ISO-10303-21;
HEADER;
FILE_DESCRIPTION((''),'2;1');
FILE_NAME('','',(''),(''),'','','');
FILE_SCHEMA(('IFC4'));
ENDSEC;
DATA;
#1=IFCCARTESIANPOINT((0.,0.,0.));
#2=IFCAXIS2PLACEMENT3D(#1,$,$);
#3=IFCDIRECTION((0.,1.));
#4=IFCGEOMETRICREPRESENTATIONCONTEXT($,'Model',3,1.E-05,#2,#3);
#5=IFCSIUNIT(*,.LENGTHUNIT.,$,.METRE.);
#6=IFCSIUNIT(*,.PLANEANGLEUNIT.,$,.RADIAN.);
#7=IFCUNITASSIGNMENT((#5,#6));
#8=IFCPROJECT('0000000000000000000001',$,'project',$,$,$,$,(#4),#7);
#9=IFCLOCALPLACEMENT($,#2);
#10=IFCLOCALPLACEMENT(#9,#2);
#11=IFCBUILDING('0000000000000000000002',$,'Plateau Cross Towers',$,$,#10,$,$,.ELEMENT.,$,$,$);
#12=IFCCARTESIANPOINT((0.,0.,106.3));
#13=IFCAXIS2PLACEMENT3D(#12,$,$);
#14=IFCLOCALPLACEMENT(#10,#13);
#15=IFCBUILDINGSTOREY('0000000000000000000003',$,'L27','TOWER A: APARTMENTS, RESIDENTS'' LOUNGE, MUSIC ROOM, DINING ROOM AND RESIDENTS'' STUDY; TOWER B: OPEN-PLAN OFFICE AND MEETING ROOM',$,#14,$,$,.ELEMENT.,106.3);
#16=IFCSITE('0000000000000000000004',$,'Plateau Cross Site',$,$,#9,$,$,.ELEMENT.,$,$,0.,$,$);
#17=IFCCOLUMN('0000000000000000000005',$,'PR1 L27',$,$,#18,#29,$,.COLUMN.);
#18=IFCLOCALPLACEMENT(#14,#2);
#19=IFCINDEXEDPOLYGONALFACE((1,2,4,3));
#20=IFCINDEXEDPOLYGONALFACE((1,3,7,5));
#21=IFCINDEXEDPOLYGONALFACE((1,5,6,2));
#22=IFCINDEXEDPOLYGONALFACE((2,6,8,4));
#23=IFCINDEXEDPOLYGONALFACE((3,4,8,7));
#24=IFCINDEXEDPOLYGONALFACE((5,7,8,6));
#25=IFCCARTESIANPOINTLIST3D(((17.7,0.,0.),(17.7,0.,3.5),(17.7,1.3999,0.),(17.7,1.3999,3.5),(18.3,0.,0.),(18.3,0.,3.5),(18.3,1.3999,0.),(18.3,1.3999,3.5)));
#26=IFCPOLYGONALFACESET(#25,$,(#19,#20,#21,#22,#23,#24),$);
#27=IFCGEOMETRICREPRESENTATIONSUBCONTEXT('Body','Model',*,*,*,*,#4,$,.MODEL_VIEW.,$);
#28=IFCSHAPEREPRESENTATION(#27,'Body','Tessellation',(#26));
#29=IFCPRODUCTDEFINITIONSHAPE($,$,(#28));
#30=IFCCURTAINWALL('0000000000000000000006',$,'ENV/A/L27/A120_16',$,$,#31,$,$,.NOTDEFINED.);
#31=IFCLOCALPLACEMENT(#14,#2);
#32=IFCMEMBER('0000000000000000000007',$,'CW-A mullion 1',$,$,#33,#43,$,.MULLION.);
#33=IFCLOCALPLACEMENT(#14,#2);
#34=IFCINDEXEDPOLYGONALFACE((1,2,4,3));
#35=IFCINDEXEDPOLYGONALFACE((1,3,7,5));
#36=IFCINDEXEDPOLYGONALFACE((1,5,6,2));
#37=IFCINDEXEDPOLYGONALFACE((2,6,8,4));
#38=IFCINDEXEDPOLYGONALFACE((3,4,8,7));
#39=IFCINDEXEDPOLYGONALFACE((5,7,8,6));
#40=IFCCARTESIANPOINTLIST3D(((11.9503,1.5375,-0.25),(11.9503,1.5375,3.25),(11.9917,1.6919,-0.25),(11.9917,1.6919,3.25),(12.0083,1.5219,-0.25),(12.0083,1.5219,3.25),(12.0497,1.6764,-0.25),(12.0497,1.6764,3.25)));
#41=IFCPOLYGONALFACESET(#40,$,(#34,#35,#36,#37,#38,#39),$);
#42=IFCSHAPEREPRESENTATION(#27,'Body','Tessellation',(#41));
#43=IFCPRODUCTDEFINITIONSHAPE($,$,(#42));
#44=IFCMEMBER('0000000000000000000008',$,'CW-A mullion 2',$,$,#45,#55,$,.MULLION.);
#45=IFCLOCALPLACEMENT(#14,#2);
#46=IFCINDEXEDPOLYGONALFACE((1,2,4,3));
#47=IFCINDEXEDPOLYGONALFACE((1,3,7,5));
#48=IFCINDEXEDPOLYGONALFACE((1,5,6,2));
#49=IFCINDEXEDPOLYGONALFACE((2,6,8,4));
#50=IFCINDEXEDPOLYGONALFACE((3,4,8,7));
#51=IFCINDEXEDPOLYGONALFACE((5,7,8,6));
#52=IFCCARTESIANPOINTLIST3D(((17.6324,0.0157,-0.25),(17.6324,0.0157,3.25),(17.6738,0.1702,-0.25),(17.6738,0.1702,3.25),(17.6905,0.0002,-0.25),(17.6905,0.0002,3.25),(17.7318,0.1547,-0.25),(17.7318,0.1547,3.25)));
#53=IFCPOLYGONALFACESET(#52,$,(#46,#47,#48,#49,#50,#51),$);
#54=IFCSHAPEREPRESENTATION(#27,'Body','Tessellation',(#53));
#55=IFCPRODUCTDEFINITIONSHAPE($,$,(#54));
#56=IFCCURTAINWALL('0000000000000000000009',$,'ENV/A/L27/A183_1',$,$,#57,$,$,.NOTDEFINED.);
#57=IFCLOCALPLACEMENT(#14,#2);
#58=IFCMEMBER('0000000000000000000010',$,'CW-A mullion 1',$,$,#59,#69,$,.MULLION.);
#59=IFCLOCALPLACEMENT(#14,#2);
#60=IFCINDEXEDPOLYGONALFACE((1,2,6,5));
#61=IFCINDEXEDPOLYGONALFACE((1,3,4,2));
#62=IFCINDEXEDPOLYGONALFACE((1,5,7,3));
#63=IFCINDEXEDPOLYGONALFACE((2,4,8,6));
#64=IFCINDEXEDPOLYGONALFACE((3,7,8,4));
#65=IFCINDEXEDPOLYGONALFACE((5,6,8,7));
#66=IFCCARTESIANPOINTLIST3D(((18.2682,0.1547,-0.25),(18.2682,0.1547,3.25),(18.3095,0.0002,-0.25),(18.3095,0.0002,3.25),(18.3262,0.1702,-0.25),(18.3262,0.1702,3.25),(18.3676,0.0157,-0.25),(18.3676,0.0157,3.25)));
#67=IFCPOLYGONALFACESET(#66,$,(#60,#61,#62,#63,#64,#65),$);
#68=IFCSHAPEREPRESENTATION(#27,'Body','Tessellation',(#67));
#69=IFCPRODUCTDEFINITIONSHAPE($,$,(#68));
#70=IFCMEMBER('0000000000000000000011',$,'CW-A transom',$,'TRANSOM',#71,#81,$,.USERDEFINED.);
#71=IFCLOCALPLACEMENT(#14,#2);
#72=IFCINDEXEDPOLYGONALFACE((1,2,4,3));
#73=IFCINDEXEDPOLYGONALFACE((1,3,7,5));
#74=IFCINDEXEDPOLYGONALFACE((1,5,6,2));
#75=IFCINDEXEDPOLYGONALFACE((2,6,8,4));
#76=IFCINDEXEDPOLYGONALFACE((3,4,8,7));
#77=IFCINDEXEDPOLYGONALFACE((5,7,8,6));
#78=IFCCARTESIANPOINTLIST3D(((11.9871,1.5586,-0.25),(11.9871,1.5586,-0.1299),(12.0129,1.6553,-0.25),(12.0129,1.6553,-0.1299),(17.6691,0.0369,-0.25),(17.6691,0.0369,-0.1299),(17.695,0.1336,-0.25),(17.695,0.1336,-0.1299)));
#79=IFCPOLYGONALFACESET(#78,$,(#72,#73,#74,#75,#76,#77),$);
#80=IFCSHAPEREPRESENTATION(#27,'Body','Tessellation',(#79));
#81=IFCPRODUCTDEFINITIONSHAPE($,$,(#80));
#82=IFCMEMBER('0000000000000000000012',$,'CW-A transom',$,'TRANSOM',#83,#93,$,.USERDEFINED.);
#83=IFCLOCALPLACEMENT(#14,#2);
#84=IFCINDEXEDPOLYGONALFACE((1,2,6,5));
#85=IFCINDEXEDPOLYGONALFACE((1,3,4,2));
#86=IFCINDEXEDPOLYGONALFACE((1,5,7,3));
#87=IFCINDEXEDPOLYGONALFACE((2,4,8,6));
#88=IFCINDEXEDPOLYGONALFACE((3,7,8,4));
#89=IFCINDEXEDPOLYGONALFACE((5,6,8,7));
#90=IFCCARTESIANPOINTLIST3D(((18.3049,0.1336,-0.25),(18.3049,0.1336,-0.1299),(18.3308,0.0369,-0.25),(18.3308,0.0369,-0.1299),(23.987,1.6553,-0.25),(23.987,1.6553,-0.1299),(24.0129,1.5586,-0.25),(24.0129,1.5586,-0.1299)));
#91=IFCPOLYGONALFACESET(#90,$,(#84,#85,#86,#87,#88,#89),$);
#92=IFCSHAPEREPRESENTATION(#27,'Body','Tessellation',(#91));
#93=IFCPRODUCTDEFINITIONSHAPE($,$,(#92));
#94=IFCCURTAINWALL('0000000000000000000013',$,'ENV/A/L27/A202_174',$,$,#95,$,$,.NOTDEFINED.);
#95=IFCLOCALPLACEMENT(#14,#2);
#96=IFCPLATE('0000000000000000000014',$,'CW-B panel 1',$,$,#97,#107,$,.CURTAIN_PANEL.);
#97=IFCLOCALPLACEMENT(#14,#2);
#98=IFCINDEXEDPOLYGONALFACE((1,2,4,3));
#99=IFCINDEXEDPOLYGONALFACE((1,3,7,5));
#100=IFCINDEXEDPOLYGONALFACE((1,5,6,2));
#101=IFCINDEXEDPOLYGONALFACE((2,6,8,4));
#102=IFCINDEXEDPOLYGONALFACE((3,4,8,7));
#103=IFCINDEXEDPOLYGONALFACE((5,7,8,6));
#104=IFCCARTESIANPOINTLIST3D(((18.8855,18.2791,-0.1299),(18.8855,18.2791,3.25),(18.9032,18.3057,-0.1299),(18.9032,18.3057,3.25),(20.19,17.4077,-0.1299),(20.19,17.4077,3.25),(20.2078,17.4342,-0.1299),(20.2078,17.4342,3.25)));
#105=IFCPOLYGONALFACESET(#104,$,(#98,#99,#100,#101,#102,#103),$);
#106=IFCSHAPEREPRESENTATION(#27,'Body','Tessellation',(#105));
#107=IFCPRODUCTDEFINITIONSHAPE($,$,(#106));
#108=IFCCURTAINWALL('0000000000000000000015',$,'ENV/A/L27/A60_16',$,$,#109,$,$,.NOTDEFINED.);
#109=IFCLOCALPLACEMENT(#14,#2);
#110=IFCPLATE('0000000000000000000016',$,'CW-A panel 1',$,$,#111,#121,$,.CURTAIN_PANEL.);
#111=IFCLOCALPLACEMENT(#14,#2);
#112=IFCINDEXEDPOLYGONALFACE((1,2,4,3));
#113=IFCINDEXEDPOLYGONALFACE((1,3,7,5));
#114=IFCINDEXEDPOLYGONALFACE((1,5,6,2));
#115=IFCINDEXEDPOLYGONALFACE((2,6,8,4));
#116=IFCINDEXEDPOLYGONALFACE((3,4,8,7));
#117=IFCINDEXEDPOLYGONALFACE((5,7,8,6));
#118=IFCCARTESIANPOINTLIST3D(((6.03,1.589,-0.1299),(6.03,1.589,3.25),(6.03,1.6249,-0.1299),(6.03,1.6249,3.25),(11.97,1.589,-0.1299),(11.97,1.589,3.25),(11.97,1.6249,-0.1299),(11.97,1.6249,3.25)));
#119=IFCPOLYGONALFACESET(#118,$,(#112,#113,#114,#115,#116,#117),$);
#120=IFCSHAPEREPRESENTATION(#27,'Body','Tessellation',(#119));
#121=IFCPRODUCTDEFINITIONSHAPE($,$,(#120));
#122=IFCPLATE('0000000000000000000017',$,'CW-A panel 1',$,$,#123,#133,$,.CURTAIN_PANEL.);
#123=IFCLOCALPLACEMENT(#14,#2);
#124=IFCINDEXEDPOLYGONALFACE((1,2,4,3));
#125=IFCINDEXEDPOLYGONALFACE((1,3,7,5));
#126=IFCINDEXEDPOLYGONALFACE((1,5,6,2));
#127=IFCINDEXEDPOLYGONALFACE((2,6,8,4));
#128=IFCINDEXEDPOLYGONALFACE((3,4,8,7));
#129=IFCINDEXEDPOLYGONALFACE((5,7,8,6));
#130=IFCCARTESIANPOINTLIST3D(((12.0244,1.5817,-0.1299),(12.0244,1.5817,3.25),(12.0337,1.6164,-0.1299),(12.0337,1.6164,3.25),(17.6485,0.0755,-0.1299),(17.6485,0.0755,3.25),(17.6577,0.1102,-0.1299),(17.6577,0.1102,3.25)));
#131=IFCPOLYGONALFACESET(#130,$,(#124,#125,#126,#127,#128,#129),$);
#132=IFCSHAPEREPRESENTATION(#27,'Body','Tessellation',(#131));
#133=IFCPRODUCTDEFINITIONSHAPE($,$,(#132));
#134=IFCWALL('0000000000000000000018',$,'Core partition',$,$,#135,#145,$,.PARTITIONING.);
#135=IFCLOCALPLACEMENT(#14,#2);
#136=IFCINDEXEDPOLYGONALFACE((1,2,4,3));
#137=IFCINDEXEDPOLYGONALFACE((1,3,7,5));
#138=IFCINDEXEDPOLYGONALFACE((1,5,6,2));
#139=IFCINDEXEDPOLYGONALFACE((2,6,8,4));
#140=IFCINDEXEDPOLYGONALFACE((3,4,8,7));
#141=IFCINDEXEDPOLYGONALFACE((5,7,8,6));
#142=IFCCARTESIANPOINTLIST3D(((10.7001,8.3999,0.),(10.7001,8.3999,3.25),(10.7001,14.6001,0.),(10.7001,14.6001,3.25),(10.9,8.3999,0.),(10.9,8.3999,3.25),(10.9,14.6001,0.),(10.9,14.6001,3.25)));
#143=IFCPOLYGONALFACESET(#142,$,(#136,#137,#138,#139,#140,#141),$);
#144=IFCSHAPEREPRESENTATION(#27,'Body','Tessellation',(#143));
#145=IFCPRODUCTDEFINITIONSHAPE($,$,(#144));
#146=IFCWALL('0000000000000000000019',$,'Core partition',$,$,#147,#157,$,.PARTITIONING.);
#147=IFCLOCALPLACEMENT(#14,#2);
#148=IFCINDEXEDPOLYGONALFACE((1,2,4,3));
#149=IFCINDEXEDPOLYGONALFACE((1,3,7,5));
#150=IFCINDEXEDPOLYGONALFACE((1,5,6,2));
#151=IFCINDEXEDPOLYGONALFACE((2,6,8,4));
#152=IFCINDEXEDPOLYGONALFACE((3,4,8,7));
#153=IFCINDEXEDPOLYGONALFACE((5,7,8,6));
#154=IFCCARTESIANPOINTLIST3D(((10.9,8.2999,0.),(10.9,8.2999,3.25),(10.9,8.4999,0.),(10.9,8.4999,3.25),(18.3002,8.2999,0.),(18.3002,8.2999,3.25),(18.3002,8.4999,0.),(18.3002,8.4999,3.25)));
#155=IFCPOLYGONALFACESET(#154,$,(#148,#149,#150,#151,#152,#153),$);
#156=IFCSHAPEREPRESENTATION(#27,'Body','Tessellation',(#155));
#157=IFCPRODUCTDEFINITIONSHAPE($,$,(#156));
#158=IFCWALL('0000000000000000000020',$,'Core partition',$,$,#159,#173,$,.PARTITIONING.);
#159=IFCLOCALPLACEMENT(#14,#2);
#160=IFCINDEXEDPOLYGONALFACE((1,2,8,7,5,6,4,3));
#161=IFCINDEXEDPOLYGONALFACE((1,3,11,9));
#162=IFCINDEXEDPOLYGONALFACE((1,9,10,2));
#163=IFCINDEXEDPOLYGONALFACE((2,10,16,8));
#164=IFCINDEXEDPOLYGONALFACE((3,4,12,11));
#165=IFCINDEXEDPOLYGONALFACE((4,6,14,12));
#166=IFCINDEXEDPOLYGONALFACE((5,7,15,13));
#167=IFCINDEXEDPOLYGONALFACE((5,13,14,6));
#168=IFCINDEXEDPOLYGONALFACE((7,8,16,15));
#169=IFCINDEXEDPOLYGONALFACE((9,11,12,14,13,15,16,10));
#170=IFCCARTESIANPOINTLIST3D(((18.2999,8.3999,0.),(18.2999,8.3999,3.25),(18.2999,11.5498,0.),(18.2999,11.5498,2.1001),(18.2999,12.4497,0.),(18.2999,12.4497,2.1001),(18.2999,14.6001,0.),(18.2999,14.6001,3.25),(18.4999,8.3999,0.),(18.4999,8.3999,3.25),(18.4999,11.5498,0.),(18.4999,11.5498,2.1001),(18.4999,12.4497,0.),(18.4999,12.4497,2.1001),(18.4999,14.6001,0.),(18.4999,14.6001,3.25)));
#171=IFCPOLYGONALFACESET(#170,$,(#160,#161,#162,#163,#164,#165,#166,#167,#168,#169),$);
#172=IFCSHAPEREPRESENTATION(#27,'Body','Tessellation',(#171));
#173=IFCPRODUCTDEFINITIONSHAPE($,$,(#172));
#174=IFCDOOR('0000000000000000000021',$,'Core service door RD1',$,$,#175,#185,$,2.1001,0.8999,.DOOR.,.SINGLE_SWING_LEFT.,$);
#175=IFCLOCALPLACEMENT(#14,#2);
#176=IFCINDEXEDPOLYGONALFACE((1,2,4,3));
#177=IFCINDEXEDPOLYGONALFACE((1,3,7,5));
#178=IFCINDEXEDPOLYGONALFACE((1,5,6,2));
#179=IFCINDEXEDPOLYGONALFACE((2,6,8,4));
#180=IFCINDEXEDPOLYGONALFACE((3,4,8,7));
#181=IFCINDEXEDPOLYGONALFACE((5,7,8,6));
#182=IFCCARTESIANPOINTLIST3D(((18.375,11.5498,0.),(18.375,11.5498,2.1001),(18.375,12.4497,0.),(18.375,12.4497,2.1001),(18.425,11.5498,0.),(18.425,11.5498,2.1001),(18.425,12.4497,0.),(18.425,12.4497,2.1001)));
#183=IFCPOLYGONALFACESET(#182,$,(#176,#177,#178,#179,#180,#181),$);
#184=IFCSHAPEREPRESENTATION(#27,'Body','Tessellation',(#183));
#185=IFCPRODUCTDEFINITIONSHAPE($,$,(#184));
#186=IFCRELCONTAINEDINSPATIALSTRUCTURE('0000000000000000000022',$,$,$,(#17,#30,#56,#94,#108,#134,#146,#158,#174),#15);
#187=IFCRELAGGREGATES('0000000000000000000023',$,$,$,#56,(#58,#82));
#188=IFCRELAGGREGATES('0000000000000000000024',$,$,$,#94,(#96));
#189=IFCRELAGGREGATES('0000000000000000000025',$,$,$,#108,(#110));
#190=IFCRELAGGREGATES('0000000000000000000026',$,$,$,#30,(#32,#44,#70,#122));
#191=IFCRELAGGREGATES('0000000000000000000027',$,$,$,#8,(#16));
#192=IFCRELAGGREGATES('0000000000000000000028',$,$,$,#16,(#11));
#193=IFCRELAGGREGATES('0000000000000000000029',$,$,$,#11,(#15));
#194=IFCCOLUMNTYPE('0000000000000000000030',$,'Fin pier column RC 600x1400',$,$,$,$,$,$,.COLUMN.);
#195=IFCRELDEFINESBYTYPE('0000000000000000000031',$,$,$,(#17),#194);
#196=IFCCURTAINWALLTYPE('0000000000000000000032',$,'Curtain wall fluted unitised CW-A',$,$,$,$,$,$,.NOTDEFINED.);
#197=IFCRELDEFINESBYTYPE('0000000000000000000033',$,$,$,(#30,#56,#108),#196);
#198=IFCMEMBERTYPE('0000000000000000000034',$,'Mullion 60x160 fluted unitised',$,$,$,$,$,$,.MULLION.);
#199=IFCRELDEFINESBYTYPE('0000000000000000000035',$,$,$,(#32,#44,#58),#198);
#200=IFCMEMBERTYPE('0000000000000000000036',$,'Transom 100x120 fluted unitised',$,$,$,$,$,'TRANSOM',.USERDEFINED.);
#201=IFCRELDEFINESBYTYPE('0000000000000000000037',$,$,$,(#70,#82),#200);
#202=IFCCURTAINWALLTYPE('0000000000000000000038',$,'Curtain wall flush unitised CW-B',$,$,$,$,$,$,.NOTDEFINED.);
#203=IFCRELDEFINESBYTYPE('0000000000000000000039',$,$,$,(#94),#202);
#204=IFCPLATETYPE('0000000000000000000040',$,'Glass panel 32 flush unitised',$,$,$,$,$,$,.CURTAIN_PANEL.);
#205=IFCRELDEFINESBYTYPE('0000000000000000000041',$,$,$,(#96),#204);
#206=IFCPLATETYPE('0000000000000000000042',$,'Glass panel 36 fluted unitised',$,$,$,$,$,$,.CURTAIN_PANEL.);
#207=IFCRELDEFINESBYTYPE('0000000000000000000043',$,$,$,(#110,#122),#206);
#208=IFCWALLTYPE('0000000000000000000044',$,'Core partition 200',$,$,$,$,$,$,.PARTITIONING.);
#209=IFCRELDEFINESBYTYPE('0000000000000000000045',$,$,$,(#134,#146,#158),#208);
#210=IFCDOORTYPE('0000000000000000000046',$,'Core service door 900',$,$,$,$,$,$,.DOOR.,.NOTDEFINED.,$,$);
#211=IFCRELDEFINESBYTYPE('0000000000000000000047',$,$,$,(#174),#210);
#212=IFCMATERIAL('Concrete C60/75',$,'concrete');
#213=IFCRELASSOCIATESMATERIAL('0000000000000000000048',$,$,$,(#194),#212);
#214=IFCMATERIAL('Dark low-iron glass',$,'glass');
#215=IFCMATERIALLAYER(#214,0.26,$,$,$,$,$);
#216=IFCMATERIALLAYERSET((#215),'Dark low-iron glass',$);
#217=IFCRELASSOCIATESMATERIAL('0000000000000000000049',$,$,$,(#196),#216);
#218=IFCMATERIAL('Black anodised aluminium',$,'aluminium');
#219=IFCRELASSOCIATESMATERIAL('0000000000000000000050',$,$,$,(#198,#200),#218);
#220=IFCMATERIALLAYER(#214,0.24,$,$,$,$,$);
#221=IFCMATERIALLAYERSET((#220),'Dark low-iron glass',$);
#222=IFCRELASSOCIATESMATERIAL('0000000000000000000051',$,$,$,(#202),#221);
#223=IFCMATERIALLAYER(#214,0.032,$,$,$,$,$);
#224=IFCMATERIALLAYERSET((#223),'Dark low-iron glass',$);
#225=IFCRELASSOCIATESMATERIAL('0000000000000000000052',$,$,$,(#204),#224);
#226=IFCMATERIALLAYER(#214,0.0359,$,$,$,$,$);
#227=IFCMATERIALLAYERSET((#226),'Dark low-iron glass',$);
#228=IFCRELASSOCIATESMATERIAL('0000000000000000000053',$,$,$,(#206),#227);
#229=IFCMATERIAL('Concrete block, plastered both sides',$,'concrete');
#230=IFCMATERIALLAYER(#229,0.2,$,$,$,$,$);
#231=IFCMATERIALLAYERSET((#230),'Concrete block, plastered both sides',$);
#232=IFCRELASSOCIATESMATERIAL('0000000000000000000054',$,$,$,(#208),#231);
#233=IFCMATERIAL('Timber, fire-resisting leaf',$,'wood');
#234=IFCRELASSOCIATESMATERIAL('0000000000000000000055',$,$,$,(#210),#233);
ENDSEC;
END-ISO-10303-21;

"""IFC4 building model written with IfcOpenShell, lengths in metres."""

from ifc_helpers import new_model, si_unit, direction, frame, frame_2d, origin, origin_2d, place, context, subcontext, project, spatial, rectangle, extrude, material, layer, layer_set, material_profile, profile_set, type_object, element, fill, aggregate, save


model = new_model("IFC4")

# Units and contexts
model_context = context("Model", 3, precision=1e-05, world=origin(), true_north=direction((0.0, 1.0)))
body_context = subcontext(model_context, "Body", "Model", "MODEL_VIEW")
ifc_project = project(units=[si_unit("LENGTHUNIT", "METRE"), si_unit("PLANEANGLEUNIT", "RADIAN")], contexts=[model_context])

# Site, building, storey
site_placement = place(None, origin())
site = spatial("IfcSite", under=ifc_project, at=site_placement, Name="Plateau Cross Site", CompositionType="ELEMENT", RefElevation=0.0)
building_placement = place(site_placement, origin())
building = spatial("IfcBuilding", under=site, at=building_placement, Name="Plateau Cross Towers", CompositionType="ELEMENT")
storey_placement = place(building_placement, frame((0.0, 0.0, 106.3)))
storey = spatial("IfcBuildingStorey", under=building, at=storey_placement, Name="L27", Description="TOWER A: APARTMENTS, RESIDENTS' LOUNGE, MUSIC ROOM, DINING ROOM AND RESIDENTS' STUDY; TOWER B: OPEN-PLAN OFFICE AND MEETING ROOM", CompositionType="ELEMENT", Elevation=106.3)

# Column
ifc_material_1 = material(Name="Concrete C60/75", Category="concrete")
ifc_material_profile_1 = material_profile(ifc_material_1, rectangle(XDim=0.6001, YDim=1.3999, at=origin_2d()), Name="RC 600x1400")
ifc_profile_set_1 = profile_set([ifc_material_profile_1], Name="Concrete C60/75")
column_type = type_object("IfcColumnType", Name="Fin pier column RC 600x1400", PredefinedType="COLUMN", material=ifc_profile_set_1)
column_placement = place(storey_placement, frame((18.0, 0.7, 0.0), z_axis=(0.0, 0.0, 1.0), x_axis=(1.0, 0.0, 0.0)))
element("IfcColumn", 1, at=column_placement, inside=storey, type_object=column_type, Name="PR1 L27", PredefinedType="COLUMN", context=body_context, shape_type="SweptSolid", body=[
    extrude(rectangle(XDim=0.6001, YDim=1.3999, at=origin_2d()), origin(), (0.0, 0.0, 1.0), 3.5),
])

# Curtain wall, members
ifc_material_2 = material(Name="Dark low-iron glass", Category="glass")
ifc_layer_1 = layer(ifc_material_2, 0.26)
ifc_layer_set_1 = layer_set([ifc_layer_1], Name="Dark low-iron glass")
curtain_wall_type_1 = type_object("IfcCurtainWallType", Name="Curtain wall fluted unitised CW-A", PredefinedType="NOTDEFINED", material=ifc_layer_set_1)
curtain_wall_1_placement = place(storey_placement, origin())
curtain_wall_1 = element("IfcCurtainWall", 2, at=curtain_wall_1_placement, inside=storey, type_object=curtain_wall_type_1, Name="ENV/A/L27/A120_16", PredefinedType="NOTDEFINED")
ifc_material_3 = material(Name="Black anodised aluminium", Category="aluminium")
ifc_material_profile_2 = material_profile(ifc_material_3, rectangle(XDim=0.0601, YDim=0.1599, at=origin_2d()), Name="MULLION 60x160")
ifc_profile_set_2 = profile_set([ifc_material_profile_2], Name="Black anodised aluminium")
member_type_1 = type_object("IfcMemberType", Name="Mullion 60x160 fluted unitised", PredefinedType="MULLION", material=ifc_profile_set_2)
member_1_placement = place(storey_placement, frame((12.0, 1.6069, -0.25), z_axis=(0.0, 0.0, 1.0), x_axis=(0.965958, -0.258699, 0.0)))
member_1 = element("IfcMember", 3, at=member_1_placement, type_object=member_type_1, Name="CW-A mullion 1", PredefinedType="MULLION", context=body_context, shape_type="SweptSolid", body=[
    extrude(rectangle(XDim=0.0601, YDim=0.1599, at=origin_2d()), origin(), (0.0, 0.0, 1.0), 3.5),
])
member_2_placement = place(storey_placement, frame((17.6821, 0.0852, -0.25), z_axis=(0.0, 0.0, 1.0), x_axis=(0.965958, -0.258699, 0.0)))
member_2 = element("IfcMember", 4, at=member_2_placement, type_object=member_type_1, Name="CW-A mullion 2", PredefinedType="MULLION", context=body_context, shape_type="SweptSolid", body=[
    extrude(rectangle(XDim=0.0601, YDim=0.1599, at=origin_2d()), origin(), (0.0, 0.0, 1.0), 3.5),
])

# Curtain wall, member
curtain_wall_2_placement = place(storey_placement, origin())
curtain_wall_2 = element("IfcCurtainWall", 5, at=curtain_wall_2_placement, inside=storey, type_object=curtain_wall_type_1, Name="ENV/A/L27/A183_1", PredefinedType="NOTDEFINED")
member_3_placement = place(storey_placement, frame((18.3179, 0.0852, -0.25), z_axis=(0.0, 0.0, 1.0), x_axis=(0.965958, 0.258699, 0.0)))
member_3 = element("IfcMember", 6, at=member_3_placement, type_object=member_type_1, Name="CW-A mullion 1", PredefinedType="MULLION", context=body_context, shape_type="SweptSolid", body=[
    extrude(rectangle(XDim=0.0601, YDim=0.1599, at=origin_2d()), origin(), (0.0, 0.0, 1.0), 3.5),
])

# Members
ifc_material_profile_3 = material_profile(ifc_material_3, rectangle(XDim=0.1001, YDim=0.1201, at=origin_2d()), Name="TRANSOM 100x120")
ifc_profile_set_3 = profile_set([ifc_material_profile_3], Name="Black anodised aluminium")
member_type_2 = type_object("IfcMemberType", Name="Transom 100x120 fluted unitised", ElementType="TRANSOM", PredefinedType="USERDEFINED", material=ifc_profile_set_3)
member_4_placement = place(storey_placement, frame((12.0, 1.6069, -0.1899), z_axis=(0.96596, -0.258693, 0.0), x_axis=(0.258693, 0.96596, 0.0)))
member_4 = element("IfcMember", 7, at=member_4_placement, type_object=member_type_2, Name="CW-A transom", ObjectType="TRANSOM", PredefinedType="USERDEFINED", context=body_context, shape_type="SweptSolid", body=[
    extrude(rectangle(XDim=0.1001, YDim=0.1201, at=origin_2d()), origin(), (0.0, 0.0, 1.0), 5.8823),
])
member_5_placement = place(storey_placement, frame((18.3179, 0.0852, -0.1899), z_axis=(0.96596, 0.258693, 0.0), x_axis=(-0.258693, 0.96596, 0.0)))
member_5 = element("IfcMember", 8, at=member_5_placement, type_object=member_type_2, Name="CW-A transom", ObjectType="TRANSOM", PredefinedType="USERDEFINED", context=body_context, shape_type="SweptSolid", body=[
    extrude(rectangle(XDim=0.1001, YDim=0.1201, at=origin_2d()), origin(), (0.0, 0.0, 1.0), 5.8823),
])
aggregate(curtain_wall_2, [member_3, member_5])

# Curtain walls, plates
ifc_layer_2 = layer(ifc_material_2, 0.24)
ifc_layer_set_2 = layer_set([ifc_layer_2], Name="Dark low-iron glass")
curtain_wall_type_2 = type_object("IfcCurtainWallType", Name="Curtain wall flush unitised CW-B", PredefinedType="NOTDEFINED", material=ifc_layer_set_2)
curtain_wall_3_placement = place(storey_placement, origin())
curtain_wall_3 = element("IfcCurtainWall", 9, at=curtain_wall_3_placement, inside=storey, type_object=curtain_wall_type_2, Name="ENV/A/L27/A202_174", PredefinedType="NOTDEFINED")
ifc_layer_3 = layer(ifc_material_2, 0.032)
ifc_layer_set_3 = layer_set([ifc_layer_3], Name="Dark low-iron glass")
plate_type_1 = type_object("IfcPlateType", Name="Glass panel 32 flush unitised", PredefinedType="CURTAIN_PANEL", material=ifc_layer_set_3)
plate_1_placement = place(storey_placement, frame((19.5466, 17.8567, -0.1299), z_axis=(0.0, 0.0, 1.0), x_axis=(-0.831521, 0.555493, 0.0)))
plate_1 = element("IfcPlate", 10, at=plate_1_placement, type_object=plate_type_1, Name="CW-B panel 1", PredefinedType="CURTAIN_PANEL", context=body_context, shape_type="SweptSolid", body=[
    extrude(rectangle(XDim=1.5688, YDim=0.032, at=origin_2d()), origin(), (0.0, 0.0, 1.0), 3.3799),
])
aggregate(curtain_wall_3, [plate_1])
curtain_wall_4_placement = place(storey_placement, origin())
curtain_wall_4 = element("IfcCurtainWall", 11, at=curtain_wall_4_placement, inside=storey, type_object=curtain_wall_type_1, Name="ENV/A/L27/A60_16", PredefinedType="NOTDEFINED")
ifc_layer_4 = layer(ifc_material_2, 0.0359)
ifc_layer_set_4 = layer_set([ifc_layer_4], Name="Dark low-iron glass")
plate_type_2 = type_object("IfcPlateType", Name="Glass panel 36 fluted unitised", PredefinedType="CURTAIN_PANEL", material=ifc_layer_set_4)
plate_2_placement = place(storey_placement, frame((9.0, 1.6069, -0.1299), z_axis=(0.0, 0.0, 1.0), x_axis=(1.0, 0.0, 0.0)))
plate_2 = element("IfcPlate", 12, at=plate_2_placement, type_object=plate_type_2, Name="CW-A panel 1", PredefinedType="CURTAIN_PANEL", context=body_context, shape_type="SweptSolid", body=[
    extrude(rectangle(XDim=5.9399, YDim=0.0359, at=origin_2d()), origin(), (0.0, 0.0, 1.0), 3.3799),
])
aggregate(curtain_wall_4, [plate_2])

# Plate
plate_3_placement = place(storey_placement, frame((14.8411, 0.8459, -0.1299), z_axis=(0.0, 0.0, 1.0), x_axis=(0.965958, -0.258699, 0.0)))
plate_3 = element("IfcPlate", 13, at=plate_3_placement, type_object=plate_type_2, Name="CW-A panel 1", PredefinedType="CURTAIN_PANEL", context=body_context, shape_type="SweptSolid", body=[
    extrude(rectangle(XDim=5.8223, YDim=0.0359, at=origin_2d()), origin(), (0.0, 0.0, 1.0), 3.3799),
])
aggregate(curtain_wall_1, [member_1, member_2, member_4, plate_3])

# Walls
ifc_material_4 = material(Name="Concrete block, plastered both sides", Category="concrete")
ifc_layer_5 = layer(ifc_material_4, 0.2)
ifc_layer_set_5 = layer_set([ifc_layer_5], Name="Concrete block, plastered both sides")
wall_type_1 = type_object("IfcWallType", Name="Core partition 200", PredefinedType="PARTITIONING", material=ifc_layer_set_5)
wall_1_placement = place(storey_placement, frame((10.8, 8.3999, 0.0), z_axis=(0.0, 0.0, 1.0), x_axis=(0.0, 1.0, 0.0)))
element("IfcWall", 14, at=wall_1_placement, inside=storey, type_object=wall_type_1, Name="Core partition", PredefinedType="PARTITIONING", context=body_context, shape_type="SweptSolid", body=[
    extrude(rectangle(XDim=6.2002, YDim=0.2, at=frame_2d((3.1001, 0.0))), origin(), (0.0, 0.0, 1.0), 3.25),
])
wall_2_placement = place(storey_placement, frame((10.8999, 8.3999, 0.0), z_axis=(0.0, 0.0, 1.0), x_axis=(1.0, 0.0, 0.0)))
element("IfcWall", 15, at=wall_2_placement, inside=storey, type_object=wall_type_1, Name="Core partition", PredefinedType="PARTITIONING", context=body_context, shape_type="SweptSolid", body=[
    extrude(rectangle(XDim=7.4001, YDim=0.2, at=frame_2d((3.7002, 0.0))), origin(), (0.0, 0.0, 1.0), 3.25),
])

# Wall, opening, door
wall_3_placement = place(storey_placement, frame((18.3999, 8.3999, 0.0), z_axis=(0.0, 0.0, 1.0), x_axis=(0.0, 1.0, 0.0)))
wall_3 = element("IfcWall", 16, at=wall_3_placement, inside=storey, type_object=wall_type_1, Name="Core partition", PredefinedType="PARTITIONING", context=body_context, shape_type="SweptSolid", body=[
    extrude(rectangle(XDim=6.2002, YDim=0.2, at=frame_2d((3.1001, 0.0))), origin(), (0.0, 0.0, 1.0), 3.25),
])
opening_1_placement = place(wall_3_placement, frame((3.1499, 0.0, 0.0)))
opening_1 = element("IfcOpeningElement", 17, at=opening_1_placement, cuts=wall_3, PredefinedType="OPENING", context=body_context, shape_type="SweptSolid", body=[
    extrude(rectangle(XDim=0.8999, YDim=2.1001, at=frame_2d((0.45, 1.05))), frame((0.0, 0.1099, 0.0), z_axis=(0.0, -1.0, 0.0), x_axis=(1.0, 0.0, 0.0)), (0.0, 0.0, 1.0), 0.22),
])
ifc_material_5 = material(Name="Timber, fire-resisting leaf", Category="wood")
door_type_1 = type_object("IfcDoorType", Name="Core service door 900", OperationType="NOTDEFINED", PredefinedType="DOOR", material=ifc_material_5)
door_1_placement = place(opening_1_placement, origin())
door_1 = element("IfcDoor", 18, at=door_1_placement, inside=storey, type_object=door_type_1, Name="Core service door RD1", OperationType="SINGLE_SWING_LEFT", OverallHeight=2.1001, OverallWidth=0.8999, PredefinedType="DOOR", context=body_context, shape_type="SweptSolid", body=[
    extrude(rectangle(XDim=0.8999, YDim=2.1001, at=frame_2d((0.45, 1.05))), frame((0.0, 0.0249, 0.0), z_axis=(0.0, -1.0, 0.0), x_axis=(1.0, 0.0, 0.0)), (0.0, 0.0, 1.0), 0.05),
])
fill(opening_1, door_1)

save(model, "model.ifc")
